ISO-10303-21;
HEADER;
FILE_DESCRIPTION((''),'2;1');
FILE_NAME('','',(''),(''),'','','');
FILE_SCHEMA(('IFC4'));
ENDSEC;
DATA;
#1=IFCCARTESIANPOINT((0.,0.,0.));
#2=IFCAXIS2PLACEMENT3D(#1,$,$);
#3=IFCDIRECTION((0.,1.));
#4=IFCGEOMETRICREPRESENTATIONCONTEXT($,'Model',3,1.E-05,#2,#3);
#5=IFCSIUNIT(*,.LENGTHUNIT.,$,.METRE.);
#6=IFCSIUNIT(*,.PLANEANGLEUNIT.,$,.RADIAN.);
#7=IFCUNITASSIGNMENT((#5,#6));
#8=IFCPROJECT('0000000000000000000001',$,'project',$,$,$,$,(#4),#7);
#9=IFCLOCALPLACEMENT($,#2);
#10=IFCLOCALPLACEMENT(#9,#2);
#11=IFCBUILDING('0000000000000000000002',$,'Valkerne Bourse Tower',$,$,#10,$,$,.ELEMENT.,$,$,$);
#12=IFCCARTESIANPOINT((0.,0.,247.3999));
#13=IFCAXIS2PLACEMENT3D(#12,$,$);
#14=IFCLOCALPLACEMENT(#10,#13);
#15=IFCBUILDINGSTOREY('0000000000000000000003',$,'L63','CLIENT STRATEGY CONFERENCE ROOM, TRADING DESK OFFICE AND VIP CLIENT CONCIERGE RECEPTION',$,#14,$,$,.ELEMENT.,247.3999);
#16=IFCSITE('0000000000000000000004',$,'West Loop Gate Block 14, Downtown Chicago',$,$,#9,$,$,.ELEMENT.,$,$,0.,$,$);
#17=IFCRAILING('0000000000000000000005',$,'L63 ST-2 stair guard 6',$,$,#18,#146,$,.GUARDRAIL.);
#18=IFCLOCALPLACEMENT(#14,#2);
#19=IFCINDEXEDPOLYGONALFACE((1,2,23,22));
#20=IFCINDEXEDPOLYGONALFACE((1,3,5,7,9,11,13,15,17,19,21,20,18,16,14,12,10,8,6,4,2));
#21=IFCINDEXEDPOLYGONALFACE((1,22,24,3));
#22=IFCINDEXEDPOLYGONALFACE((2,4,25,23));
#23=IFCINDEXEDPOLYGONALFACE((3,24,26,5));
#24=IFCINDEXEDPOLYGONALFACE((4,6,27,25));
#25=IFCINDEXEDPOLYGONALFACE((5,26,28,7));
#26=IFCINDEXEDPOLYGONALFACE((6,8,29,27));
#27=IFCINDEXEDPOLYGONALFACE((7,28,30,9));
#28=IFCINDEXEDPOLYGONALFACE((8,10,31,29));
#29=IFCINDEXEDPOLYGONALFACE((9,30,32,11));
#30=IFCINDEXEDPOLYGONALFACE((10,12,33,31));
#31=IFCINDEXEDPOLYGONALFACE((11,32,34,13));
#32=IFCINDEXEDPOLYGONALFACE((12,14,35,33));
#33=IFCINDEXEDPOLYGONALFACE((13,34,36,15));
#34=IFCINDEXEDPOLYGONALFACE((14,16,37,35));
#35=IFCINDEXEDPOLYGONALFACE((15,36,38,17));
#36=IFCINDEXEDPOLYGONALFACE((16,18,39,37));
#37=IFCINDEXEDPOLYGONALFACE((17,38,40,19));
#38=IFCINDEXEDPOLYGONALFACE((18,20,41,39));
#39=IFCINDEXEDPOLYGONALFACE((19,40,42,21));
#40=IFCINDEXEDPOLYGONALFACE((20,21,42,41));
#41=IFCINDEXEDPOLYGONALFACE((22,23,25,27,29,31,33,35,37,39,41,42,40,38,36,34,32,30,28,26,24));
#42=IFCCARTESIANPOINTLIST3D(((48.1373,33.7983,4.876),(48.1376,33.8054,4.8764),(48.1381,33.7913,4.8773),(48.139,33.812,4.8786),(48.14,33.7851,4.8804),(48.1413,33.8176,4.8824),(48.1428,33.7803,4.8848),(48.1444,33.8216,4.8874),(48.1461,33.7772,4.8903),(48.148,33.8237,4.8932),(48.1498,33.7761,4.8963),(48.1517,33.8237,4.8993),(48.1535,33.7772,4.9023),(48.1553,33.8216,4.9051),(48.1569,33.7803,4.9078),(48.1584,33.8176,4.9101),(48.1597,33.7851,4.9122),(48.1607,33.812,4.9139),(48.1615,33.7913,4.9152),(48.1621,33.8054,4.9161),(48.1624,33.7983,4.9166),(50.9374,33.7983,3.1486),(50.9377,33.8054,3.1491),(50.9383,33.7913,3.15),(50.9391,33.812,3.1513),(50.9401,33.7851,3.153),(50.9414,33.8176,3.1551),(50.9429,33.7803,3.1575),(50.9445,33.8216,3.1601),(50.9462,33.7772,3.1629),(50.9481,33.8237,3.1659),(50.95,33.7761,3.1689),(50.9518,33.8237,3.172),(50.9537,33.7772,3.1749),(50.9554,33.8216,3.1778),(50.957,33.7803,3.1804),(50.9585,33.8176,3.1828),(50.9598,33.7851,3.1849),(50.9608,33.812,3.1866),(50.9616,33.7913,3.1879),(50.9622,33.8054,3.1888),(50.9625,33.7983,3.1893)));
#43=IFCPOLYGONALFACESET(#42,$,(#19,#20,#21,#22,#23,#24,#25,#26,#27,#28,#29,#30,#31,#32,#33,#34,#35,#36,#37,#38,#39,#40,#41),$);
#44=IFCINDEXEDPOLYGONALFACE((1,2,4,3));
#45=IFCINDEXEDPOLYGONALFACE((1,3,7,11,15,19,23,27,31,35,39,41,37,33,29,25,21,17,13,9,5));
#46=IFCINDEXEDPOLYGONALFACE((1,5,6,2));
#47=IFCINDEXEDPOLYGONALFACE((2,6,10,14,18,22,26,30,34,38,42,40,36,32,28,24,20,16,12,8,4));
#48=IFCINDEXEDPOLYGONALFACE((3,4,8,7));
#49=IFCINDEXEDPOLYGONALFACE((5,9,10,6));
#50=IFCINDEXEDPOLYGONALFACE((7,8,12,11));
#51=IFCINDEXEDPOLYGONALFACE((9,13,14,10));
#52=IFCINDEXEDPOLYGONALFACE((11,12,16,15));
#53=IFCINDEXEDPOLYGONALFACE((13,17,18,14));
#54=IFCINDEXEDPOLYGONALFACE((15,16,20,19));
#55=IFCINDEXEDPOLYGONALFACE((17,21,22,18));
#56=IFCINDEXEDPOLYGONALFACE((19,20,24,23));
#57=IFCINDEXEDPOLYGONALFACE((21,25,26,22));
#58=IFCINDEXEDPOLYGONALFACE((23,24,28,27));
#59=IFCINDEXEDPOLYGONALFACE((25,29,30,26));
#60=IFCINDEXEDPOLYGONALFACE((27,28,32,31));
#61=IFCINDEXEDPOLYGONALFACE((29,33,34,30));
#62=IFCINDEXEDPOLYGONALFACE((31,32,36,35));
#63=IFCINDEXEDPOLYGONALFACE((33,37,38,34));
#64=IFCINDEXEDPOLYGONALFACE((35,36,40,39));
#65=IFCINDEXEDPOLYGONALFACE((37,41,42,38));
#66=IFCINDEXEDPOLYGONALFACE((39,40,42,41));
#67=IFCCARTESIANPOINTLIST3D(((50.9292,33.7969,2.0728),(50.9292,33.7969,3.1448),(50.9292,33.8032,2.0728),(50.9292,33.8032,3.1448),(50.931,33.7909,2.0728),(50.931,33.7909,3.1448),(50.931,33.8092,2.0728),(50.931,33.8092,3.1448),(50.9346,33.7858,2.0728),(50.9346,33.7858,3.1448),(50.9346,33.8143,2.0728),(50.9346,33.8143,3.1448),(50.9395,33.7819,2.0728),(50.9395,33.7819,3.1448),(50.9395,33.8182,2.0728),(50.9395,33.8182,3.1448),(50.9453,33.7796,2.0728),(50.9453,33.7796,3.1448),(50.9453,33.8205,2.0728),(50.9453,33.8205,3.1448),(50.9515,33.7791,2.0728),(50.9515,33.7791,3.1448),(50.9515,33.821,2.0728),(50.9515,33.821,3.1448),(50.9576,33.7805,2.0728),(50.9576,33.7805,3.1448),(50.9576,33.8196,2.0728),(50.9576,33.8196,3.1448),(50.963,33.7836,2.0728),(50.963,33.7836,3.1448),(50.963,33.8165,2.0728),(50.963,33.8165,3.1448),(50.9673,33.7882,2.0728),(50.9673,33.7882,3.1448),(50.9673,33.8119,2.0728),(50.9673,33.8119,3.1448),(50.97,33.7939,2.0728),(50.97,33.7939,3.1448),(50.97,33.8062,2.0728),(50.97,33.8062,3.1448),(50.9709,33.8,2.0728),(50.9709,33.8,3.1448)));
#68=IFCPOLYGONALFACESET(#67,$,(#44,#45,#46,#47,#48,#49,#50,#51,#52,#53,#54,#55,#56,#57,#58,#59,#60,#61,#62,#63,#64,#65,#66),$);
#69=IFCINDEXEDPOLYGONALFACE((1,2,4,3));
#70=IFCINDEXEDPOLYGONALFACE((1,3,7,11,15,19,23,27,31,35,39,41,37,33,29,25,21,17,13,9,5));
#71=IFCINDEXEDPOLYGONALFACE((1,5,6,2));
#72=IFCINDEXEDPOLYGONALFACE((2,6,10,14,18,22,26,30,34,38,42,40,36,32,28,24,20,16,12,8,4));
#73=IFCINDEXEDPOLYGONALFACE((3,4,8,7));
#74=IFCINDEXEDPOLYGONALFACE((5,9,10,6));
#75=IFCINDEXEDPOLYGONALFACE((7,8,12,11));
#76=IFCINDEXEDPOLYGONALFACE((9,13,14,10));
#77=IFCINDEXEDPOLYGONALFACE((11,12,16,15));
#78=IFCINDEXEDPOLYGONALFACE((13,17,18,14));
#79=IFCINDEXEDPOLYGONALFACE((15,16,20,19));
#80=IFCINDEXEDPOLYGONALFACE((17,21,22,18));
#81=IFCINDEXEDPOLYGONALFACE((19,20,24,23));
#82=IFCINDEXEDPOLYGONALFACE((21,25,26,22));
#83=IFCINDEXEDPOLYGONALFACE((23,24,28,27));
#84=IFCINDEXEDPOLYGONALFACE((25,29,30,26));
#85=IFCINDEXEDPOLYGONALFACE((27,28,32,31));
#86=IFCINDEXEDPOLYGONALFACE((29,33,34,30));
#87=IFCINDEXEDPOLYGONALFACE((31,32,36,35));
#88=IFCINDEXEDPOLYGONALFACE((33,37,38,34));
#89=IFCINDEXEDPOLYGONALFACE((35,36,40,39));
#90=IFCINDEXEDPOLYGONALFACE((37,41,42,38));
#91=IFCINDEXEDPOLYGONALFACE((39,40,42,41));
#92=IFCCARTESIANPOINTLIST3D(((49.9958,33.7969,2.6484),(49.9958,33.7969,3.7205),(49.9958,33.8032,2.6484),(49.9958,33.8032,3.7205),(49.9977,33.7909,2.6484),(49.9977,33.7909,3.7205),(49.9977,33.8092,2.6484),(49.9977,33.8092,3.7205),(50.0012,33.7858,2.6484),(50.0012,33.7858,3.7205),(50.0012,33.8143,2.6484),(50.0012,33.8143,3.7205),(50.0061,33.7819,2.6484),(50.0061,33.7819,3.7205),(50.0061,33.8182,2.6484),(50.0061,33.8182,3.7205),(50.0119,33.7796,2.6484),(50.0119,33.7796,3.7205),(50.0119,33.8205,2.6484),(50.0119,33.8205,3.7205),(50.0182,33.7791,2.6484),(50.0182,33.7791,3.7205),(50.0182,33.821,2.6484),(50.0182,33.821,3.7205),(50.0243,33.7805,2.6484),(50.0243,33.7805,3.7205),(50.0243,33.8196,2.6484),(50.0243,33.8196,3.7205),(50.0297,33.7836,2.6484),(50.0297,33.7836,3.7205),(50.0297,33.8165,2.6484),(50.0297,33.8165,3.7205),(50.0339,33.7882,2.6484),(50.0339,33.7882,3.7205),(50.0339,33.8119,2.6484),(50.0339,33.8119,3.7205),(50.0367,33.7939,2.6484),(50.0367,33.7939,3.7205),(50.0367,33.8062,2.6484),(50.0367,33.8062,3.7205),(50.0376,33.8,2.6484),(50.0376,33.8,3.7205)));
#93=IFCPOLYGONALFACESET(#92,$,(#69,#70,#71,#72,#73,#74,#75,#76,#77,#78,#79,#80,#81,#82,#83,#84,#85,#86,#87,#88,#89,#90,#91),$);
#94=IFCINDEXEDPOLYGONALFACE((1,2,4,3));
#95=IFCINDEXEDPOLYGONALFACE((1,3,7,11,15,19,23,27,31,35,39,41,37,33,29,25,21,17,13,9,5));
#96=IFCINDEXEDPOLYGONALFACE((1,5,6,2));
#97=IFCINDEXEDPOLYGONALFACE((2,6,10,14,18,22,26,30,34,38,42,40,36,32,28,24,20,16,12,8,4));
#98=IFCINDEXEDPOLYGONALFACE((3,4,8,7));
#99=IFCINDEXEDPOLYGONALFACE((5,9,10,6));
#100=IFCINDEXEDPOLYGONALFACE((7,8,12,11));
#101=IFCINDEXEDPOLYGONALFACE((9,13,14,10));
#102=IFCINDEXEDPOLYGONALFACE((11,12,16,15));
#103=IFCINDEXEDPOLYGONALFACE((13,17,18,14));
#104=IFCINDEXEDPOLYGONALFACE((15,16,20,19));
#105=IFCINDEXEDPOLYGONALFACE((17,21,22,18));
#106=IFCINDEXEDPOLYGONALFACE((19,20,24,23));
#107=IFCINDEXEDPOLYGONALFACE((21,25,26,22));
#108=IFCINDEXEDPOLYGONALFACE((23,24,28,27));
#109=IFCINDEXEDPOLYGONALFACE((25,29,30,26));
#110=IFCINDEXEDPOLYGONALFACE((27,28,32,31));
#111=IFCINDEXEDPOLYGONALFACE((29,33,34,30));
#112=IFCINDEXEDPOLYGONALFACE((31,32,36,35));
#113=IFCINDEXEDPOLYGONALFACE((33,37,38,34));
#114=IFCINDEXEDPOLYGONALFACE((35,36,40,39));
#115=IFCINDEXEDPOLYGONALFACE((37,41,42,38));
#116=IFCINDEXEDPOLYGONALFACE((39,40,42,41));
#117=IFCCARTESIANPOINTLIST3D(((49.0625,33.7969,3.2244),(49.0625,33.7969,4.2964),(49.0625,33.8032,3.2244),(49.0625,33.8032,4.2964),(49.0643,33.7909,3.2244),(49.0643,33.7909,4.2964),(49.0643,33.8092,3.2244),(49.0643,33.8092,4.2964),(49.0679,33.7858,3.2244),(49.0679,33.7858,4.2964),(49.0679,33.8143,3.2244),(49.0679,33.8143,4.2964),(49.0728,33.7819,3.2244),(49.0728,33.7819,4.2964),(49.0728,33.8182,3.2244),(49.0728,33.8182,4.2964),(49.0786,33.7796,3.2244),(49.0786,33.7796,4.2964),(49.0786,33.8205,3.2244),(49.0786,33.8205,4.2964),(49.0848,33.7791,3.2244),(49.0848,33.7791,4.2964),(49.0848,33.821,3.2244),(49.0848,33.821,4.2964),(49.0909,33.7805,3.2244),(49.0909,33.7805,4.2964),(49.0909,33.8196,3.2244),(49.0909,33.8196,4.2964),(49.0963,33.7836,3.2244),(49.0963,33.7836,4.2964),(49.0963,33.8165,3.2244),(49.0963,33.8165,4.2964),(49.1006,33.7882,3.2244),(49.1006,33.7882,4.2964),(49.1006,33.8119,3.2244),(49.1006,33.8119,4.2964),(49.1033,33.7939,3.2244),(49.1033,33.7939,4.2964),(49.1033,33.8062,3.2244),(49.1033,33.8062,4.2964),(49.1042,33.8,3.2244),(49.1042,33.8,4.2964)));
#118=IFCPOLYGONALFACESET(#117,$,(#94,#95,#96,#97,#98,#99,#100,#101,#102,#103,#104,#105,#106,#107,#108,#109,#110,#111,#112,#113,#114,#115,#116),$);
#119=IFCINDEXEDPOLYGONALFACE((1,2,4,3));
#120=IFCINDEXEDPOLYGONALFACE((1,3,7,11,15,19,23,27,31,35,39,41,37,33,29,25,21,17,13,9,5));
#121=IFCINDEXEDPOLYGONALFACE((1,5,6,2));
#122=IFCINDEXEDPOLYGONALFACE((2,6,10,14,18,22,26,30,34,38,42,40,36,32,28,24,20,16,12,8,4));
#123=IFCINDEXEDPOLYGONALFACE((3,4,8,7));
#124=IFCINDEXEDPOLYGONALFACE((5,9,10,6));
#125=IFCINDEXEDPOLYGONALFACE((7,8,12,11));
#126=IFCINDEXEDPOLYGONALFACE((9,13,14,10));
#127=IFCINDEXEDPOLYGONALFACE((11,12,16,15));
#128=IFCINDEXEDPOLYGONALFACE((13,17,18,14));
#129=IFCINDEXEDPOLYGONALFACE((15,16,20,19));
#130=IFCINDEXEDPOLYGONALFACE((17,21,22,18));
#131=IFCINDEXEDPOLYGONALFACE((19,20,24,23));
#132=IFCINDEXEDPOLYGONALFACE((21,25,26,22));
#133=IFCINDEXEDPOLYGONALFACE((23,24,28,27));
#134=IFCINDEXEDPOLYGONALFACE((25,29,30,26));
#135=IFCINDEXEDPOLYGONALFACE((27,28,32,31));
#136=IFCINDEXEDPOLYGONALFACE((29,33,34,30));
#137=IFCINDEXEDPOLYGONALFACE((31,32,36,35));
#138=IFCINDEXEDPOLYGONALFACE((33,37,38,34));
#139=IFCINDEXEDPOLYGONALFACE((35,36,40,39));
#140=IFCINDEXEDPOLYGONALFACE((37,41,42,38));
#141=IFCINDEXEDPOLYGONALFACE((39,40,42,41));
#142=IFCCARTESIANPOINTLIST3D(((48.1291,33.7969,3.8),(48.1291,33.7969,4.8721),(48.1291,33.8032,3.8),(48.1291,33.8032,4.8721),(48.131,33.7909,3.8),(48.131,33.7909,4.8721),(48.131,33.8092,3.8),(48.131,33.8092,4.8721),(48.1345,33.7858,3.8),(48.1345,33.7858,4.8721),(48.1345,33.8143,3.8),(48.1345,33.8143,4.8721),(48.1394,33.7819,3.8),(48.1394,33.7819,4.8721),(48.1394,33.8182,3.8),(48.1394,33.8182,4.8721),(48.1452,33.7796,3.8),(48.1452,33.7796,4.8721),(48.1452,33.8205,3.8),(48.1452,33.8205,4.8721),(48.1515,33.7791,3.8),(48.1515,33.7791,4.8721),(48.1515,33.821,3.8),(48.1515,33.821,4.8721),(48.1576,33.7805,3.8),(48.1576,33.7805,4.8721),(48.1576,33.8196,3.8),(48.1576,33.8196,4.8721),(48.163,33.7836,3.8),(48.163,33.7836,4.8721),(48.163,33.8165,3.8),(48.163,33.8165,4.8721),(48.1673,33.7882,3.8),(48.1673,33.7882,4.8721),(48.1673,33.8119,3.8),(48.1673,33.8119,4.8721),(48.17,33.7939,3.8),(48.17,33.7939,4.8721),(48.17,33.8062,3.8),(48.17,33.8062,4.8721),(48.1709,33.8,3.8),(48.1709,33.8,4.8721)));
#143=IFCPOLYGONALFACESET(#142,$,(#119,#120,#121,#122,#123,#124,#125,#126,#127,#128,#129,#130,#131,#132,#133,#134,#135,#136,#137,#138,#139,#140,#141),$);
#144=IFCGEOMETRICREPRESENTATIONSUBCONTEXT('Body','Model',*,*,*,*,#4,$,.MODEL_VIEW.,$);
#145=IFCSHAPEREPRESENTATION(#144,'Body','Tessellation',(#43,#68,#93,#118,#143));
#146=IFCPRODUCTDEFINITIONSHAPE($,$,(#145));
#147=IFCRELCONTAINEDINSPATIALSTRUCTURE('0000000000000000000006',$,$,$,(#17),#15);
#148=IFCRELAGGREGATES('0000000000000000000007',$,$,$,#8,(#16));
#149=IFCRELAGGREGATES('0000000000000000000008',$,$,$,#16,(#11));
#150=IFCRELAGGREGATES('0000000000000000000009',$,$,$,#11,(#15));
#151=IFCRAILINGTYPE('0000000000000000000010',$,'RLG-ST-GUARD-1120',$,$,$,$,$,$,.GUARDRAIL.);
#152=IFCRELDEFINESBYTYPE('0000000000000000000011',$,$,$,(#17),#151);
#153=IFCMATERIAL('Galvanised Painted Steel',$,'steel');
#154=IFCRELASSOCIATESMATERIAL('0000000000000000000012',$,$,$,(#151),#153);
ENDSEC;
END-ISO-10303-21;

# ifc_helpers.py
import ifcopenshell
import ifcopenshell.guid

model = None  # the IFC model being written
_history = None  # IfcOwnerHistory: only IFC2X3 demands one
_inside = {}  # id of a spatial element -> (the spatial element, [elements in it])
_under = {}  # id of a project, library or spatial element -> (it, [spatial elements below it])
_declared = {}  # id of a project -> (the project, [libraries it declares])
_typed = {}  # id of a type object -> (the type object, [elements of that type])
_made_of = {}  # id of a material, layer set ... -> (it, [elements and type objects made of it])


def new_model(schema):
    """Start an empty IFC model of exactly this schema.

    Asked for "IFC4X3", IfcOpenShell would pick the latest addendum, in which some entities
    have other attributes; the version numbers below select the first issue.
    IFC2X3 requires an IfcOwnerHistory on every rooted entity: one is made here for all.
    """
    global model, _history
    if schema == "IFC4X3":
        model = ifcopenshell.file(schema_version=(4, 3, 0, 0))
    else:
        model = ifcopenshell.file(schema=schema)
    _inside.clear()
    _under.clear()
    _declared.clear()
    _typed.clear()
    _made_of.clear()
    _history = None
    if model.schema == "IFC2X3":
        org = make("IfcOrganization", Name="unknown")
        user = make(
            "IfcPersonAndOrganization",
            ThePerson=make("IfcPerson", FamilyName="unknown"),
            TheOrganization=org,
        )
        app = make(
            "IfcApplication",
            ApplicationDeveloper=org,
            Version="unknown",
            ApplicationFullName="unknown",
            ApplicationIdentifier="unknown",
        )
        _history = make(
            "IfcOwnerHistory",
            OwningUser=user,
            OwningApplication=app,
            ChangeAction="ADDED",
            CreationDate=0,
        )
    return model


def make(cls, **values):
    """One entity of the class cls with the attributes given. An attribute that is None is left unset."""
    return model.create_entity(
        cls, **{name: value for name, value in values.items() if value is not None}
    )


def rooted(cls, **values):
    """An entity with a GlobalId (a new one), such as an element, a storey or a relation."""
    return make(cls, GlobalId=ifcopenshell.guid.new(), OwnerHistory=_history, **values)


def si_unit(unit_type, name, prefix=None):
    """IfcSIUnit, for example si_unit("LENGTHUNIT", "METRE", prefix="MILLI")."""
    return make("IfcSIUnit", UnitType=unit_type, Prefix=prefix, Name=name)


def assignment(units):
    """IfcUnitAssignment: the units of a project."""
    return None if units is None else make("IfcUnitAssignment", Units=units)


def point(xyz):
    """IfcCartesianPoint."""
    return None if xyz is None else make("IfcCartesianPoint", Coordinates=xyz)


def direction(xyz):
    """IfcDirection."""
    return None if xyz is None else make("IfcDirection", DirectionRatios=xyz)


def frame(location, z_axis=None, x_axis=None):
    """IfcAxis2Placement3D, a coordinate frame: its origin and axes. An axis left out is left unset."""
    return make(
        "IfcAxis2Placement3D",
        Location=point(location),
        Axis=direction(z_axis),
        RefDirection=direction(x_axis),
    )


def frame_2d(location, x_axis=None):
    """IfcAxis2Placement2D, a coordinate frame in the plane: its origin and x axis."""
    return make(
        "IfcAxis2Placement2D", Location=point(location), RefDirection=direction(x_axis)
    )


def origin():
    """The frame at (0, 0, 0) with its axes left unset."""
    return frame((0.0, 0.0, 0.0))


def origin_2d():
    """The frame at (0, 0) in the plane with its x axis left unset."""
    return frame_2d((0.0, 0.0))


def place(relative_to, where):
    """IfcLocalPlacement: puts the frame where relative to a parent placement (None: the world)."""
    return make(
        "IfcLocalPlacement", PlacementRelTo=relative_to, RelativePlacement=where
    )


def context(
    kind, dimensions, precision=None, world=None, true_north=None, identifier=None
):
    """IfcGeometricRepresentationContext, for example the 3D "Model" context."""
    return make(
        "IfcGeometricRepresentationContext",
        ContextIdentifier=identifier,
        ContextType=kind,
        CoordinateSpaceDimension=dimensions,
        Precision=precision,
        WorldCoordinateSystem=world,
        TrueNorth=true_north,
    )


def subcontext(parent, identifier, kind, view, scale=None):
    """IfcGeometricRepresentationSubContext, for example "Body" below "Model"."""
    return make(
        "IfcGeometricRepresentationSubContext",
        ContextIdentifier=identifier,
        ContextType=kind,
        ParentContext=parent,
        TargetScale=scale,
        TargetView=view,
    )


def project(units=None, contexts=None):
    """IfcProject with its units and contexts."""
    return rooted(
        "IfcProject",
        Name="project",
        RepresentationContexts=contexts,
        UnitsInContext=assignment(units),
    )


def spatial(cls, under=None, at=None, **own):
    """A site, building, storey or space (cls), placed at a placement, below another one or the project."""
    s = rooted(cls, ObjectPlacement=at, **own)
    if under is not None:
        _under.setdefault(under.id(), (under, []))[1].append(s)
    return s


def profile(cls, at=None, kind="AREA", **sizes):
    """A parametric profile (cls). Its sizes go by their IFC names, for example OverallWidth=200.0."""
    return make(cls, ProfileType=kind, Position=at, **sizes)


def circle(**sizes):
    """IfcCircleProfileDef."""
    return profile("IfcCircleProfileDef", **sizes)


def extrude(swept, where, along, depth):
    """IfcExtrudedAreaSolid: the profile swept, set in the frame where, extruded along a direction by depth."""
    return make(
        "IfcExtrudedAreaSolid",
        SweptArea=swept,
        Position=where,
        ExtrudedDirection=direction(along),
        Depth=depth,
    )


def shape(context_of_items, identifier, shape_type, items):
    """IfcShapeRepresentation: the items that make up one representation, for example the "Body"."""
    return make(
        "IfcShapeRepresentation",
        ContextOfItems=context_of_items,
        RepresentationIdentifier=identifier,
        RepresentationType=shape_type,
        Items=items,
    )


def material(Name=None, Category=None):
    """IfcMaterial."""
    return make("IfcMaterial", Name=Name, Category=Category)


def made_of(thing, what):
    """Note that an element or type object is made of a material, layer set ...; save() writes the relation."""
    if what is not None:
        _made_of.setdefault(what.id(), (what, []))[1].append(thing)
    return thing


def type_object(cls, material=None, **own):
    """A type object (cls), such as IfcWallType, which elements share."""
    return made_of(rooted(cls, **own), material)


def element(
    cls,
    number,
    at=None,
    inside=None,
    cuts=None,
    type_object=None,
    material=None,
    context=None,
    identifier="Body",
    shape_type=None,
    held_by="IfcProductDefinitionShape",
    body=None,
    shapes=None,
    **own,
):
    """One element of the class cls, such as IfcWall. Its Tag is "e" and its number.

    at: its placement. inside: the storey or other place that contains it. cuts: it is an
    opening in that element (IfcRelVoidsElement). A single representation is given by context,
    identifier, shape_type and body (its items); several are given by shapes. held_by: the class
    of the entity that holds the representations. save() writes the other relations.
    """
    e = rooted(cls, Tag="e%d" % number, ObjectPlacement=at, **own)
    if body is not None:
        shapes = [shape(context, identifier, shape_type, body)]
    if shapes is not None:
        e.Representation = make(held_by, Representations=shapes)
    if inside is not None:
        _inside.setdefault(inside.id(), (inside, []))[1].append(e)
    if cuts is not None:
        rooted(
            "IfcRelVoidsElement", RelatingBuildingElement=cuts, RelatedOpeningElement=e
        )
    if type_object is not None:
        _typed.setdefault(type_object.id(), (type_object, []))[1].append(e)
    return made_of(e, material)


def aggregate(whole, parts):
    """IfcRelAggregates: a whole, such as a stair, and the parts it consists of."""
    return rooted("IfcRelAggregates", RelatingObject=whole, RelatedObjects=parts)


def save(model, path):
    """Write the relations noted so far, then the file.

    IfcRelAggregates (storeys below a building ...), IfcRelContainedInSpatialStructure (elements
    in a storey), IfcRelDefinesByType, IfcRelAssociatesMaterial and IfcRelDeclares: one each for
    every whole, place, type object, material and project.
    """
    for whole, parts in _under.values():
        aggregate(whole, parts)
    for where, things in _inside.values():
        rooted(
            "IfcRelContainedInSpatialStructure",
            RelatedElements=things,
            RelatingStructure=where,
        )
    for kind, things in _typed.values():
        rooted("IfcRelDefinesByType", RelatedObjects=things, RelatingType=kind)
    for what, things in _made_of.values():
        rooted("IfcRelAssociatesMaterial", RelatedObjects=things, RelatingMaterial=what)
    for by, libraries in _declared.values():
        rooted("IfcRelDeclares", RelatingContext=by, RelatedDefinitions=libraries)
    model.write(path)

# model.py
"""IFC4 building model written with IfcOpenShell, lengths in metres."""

from ifc_helpers import new_model, si_unit, direction, frame, origin, origin_2d, place, context, subcontext, project, spatial, circle, extrude, material, type_object, element, save


model = new_model("IFC4")

# Units and contexts
model_context = context("Model", 3, precision=1e-05, world=origin(), true_north=direction((0.0, 1.0)))
body_context = subcontext(model_context, "Body", "Model", "MODEL_VIEW")
ifc_project = project(units=[si_unit("LENGTHUNIT", "METRE"), si_unit("PLANEANGLEUNIT", "RADIAN")], contexts=[model_context])

# Site, building, storey
site_placement = place(None, origin())
site = spatial("IfcSite", under=ifc_project, at=site_placement, Name="West Loop Gate Block 14, Downtown Chicago", CompositionType="ELEMENT", RefElevation=0.0)
building_placement = place(site_placement, origin())
building = spatial("IfcBuilding", under=site, at=building_placement, Name="Valkerne Bourse Tower", CompositionType="ELEMENT")
storey_placement = place(building_placement, frame((0.0, 0.0, 247.3999)))
storey = spatial("IfcBuildingStorey", under=building, at=storey_placement, Name="L63", Description="CLIENT STRATEGY CONFERENCE ROOM, TRADING DESK OFFICE AND VIP CLIENT CONCIERGE RECEPTION", CompositionType="ELEMENT", Elevation=247.3999)

# Shared definitions
ifc_material_1 = material(Name="Galvanised Painted Steel", Category="steel")

# Railing
railing_type_1 = type_object("IfcRailingType", Name="RLG-ST-GUARD-1120", PredefinedType="GUARDRAIL", material=ifc_material_1)
railing_1_placement = place(storey_placement, frame((50.95, 33.8, 2.0728)))
element("IfcRailing", 1, at=railing_1_placement, inside=storey, type_object=railing_type_1, Name="L63 ST-2 stair guard 6", PredefinedType="GUARDRAIL", context=body_context, shape_type="SweptSolid", body=[
    extrude(circle(Radius=0.0239, at=origin_2d()), frame((0.0, 0.0, 1.0962), z_axis=(-0.85109, 0.0, 0.52502), x_axis=(0.0, -1.0, 0.0)), (0.0, 0.0, 1.0), 3.29),
    extrude(circle(Radius=0.021, at=origin_2d()), origin(), (0.0, 0.0, 1.0), 1.072),
    extrude(circle(Radius=0.021, at=origin_2d()), frame((-0.9333, 0.0, 0.5757)), (0.0, 0.0, 1.0), 1.072),
    extrude(circle(Radius=0.021, at=origin_2d()), frame((-1.8667, 0.0, 1.1516)), (0.0, 0.0, 1.0), 1.072),
    extrude(circle(Radius=0.021, at=origin_2d()), frame((-2.8, 0.0, 1.7273)), (0.0, 0.0, 1.0), 1.072),
])

save(model, "model.ifc")
